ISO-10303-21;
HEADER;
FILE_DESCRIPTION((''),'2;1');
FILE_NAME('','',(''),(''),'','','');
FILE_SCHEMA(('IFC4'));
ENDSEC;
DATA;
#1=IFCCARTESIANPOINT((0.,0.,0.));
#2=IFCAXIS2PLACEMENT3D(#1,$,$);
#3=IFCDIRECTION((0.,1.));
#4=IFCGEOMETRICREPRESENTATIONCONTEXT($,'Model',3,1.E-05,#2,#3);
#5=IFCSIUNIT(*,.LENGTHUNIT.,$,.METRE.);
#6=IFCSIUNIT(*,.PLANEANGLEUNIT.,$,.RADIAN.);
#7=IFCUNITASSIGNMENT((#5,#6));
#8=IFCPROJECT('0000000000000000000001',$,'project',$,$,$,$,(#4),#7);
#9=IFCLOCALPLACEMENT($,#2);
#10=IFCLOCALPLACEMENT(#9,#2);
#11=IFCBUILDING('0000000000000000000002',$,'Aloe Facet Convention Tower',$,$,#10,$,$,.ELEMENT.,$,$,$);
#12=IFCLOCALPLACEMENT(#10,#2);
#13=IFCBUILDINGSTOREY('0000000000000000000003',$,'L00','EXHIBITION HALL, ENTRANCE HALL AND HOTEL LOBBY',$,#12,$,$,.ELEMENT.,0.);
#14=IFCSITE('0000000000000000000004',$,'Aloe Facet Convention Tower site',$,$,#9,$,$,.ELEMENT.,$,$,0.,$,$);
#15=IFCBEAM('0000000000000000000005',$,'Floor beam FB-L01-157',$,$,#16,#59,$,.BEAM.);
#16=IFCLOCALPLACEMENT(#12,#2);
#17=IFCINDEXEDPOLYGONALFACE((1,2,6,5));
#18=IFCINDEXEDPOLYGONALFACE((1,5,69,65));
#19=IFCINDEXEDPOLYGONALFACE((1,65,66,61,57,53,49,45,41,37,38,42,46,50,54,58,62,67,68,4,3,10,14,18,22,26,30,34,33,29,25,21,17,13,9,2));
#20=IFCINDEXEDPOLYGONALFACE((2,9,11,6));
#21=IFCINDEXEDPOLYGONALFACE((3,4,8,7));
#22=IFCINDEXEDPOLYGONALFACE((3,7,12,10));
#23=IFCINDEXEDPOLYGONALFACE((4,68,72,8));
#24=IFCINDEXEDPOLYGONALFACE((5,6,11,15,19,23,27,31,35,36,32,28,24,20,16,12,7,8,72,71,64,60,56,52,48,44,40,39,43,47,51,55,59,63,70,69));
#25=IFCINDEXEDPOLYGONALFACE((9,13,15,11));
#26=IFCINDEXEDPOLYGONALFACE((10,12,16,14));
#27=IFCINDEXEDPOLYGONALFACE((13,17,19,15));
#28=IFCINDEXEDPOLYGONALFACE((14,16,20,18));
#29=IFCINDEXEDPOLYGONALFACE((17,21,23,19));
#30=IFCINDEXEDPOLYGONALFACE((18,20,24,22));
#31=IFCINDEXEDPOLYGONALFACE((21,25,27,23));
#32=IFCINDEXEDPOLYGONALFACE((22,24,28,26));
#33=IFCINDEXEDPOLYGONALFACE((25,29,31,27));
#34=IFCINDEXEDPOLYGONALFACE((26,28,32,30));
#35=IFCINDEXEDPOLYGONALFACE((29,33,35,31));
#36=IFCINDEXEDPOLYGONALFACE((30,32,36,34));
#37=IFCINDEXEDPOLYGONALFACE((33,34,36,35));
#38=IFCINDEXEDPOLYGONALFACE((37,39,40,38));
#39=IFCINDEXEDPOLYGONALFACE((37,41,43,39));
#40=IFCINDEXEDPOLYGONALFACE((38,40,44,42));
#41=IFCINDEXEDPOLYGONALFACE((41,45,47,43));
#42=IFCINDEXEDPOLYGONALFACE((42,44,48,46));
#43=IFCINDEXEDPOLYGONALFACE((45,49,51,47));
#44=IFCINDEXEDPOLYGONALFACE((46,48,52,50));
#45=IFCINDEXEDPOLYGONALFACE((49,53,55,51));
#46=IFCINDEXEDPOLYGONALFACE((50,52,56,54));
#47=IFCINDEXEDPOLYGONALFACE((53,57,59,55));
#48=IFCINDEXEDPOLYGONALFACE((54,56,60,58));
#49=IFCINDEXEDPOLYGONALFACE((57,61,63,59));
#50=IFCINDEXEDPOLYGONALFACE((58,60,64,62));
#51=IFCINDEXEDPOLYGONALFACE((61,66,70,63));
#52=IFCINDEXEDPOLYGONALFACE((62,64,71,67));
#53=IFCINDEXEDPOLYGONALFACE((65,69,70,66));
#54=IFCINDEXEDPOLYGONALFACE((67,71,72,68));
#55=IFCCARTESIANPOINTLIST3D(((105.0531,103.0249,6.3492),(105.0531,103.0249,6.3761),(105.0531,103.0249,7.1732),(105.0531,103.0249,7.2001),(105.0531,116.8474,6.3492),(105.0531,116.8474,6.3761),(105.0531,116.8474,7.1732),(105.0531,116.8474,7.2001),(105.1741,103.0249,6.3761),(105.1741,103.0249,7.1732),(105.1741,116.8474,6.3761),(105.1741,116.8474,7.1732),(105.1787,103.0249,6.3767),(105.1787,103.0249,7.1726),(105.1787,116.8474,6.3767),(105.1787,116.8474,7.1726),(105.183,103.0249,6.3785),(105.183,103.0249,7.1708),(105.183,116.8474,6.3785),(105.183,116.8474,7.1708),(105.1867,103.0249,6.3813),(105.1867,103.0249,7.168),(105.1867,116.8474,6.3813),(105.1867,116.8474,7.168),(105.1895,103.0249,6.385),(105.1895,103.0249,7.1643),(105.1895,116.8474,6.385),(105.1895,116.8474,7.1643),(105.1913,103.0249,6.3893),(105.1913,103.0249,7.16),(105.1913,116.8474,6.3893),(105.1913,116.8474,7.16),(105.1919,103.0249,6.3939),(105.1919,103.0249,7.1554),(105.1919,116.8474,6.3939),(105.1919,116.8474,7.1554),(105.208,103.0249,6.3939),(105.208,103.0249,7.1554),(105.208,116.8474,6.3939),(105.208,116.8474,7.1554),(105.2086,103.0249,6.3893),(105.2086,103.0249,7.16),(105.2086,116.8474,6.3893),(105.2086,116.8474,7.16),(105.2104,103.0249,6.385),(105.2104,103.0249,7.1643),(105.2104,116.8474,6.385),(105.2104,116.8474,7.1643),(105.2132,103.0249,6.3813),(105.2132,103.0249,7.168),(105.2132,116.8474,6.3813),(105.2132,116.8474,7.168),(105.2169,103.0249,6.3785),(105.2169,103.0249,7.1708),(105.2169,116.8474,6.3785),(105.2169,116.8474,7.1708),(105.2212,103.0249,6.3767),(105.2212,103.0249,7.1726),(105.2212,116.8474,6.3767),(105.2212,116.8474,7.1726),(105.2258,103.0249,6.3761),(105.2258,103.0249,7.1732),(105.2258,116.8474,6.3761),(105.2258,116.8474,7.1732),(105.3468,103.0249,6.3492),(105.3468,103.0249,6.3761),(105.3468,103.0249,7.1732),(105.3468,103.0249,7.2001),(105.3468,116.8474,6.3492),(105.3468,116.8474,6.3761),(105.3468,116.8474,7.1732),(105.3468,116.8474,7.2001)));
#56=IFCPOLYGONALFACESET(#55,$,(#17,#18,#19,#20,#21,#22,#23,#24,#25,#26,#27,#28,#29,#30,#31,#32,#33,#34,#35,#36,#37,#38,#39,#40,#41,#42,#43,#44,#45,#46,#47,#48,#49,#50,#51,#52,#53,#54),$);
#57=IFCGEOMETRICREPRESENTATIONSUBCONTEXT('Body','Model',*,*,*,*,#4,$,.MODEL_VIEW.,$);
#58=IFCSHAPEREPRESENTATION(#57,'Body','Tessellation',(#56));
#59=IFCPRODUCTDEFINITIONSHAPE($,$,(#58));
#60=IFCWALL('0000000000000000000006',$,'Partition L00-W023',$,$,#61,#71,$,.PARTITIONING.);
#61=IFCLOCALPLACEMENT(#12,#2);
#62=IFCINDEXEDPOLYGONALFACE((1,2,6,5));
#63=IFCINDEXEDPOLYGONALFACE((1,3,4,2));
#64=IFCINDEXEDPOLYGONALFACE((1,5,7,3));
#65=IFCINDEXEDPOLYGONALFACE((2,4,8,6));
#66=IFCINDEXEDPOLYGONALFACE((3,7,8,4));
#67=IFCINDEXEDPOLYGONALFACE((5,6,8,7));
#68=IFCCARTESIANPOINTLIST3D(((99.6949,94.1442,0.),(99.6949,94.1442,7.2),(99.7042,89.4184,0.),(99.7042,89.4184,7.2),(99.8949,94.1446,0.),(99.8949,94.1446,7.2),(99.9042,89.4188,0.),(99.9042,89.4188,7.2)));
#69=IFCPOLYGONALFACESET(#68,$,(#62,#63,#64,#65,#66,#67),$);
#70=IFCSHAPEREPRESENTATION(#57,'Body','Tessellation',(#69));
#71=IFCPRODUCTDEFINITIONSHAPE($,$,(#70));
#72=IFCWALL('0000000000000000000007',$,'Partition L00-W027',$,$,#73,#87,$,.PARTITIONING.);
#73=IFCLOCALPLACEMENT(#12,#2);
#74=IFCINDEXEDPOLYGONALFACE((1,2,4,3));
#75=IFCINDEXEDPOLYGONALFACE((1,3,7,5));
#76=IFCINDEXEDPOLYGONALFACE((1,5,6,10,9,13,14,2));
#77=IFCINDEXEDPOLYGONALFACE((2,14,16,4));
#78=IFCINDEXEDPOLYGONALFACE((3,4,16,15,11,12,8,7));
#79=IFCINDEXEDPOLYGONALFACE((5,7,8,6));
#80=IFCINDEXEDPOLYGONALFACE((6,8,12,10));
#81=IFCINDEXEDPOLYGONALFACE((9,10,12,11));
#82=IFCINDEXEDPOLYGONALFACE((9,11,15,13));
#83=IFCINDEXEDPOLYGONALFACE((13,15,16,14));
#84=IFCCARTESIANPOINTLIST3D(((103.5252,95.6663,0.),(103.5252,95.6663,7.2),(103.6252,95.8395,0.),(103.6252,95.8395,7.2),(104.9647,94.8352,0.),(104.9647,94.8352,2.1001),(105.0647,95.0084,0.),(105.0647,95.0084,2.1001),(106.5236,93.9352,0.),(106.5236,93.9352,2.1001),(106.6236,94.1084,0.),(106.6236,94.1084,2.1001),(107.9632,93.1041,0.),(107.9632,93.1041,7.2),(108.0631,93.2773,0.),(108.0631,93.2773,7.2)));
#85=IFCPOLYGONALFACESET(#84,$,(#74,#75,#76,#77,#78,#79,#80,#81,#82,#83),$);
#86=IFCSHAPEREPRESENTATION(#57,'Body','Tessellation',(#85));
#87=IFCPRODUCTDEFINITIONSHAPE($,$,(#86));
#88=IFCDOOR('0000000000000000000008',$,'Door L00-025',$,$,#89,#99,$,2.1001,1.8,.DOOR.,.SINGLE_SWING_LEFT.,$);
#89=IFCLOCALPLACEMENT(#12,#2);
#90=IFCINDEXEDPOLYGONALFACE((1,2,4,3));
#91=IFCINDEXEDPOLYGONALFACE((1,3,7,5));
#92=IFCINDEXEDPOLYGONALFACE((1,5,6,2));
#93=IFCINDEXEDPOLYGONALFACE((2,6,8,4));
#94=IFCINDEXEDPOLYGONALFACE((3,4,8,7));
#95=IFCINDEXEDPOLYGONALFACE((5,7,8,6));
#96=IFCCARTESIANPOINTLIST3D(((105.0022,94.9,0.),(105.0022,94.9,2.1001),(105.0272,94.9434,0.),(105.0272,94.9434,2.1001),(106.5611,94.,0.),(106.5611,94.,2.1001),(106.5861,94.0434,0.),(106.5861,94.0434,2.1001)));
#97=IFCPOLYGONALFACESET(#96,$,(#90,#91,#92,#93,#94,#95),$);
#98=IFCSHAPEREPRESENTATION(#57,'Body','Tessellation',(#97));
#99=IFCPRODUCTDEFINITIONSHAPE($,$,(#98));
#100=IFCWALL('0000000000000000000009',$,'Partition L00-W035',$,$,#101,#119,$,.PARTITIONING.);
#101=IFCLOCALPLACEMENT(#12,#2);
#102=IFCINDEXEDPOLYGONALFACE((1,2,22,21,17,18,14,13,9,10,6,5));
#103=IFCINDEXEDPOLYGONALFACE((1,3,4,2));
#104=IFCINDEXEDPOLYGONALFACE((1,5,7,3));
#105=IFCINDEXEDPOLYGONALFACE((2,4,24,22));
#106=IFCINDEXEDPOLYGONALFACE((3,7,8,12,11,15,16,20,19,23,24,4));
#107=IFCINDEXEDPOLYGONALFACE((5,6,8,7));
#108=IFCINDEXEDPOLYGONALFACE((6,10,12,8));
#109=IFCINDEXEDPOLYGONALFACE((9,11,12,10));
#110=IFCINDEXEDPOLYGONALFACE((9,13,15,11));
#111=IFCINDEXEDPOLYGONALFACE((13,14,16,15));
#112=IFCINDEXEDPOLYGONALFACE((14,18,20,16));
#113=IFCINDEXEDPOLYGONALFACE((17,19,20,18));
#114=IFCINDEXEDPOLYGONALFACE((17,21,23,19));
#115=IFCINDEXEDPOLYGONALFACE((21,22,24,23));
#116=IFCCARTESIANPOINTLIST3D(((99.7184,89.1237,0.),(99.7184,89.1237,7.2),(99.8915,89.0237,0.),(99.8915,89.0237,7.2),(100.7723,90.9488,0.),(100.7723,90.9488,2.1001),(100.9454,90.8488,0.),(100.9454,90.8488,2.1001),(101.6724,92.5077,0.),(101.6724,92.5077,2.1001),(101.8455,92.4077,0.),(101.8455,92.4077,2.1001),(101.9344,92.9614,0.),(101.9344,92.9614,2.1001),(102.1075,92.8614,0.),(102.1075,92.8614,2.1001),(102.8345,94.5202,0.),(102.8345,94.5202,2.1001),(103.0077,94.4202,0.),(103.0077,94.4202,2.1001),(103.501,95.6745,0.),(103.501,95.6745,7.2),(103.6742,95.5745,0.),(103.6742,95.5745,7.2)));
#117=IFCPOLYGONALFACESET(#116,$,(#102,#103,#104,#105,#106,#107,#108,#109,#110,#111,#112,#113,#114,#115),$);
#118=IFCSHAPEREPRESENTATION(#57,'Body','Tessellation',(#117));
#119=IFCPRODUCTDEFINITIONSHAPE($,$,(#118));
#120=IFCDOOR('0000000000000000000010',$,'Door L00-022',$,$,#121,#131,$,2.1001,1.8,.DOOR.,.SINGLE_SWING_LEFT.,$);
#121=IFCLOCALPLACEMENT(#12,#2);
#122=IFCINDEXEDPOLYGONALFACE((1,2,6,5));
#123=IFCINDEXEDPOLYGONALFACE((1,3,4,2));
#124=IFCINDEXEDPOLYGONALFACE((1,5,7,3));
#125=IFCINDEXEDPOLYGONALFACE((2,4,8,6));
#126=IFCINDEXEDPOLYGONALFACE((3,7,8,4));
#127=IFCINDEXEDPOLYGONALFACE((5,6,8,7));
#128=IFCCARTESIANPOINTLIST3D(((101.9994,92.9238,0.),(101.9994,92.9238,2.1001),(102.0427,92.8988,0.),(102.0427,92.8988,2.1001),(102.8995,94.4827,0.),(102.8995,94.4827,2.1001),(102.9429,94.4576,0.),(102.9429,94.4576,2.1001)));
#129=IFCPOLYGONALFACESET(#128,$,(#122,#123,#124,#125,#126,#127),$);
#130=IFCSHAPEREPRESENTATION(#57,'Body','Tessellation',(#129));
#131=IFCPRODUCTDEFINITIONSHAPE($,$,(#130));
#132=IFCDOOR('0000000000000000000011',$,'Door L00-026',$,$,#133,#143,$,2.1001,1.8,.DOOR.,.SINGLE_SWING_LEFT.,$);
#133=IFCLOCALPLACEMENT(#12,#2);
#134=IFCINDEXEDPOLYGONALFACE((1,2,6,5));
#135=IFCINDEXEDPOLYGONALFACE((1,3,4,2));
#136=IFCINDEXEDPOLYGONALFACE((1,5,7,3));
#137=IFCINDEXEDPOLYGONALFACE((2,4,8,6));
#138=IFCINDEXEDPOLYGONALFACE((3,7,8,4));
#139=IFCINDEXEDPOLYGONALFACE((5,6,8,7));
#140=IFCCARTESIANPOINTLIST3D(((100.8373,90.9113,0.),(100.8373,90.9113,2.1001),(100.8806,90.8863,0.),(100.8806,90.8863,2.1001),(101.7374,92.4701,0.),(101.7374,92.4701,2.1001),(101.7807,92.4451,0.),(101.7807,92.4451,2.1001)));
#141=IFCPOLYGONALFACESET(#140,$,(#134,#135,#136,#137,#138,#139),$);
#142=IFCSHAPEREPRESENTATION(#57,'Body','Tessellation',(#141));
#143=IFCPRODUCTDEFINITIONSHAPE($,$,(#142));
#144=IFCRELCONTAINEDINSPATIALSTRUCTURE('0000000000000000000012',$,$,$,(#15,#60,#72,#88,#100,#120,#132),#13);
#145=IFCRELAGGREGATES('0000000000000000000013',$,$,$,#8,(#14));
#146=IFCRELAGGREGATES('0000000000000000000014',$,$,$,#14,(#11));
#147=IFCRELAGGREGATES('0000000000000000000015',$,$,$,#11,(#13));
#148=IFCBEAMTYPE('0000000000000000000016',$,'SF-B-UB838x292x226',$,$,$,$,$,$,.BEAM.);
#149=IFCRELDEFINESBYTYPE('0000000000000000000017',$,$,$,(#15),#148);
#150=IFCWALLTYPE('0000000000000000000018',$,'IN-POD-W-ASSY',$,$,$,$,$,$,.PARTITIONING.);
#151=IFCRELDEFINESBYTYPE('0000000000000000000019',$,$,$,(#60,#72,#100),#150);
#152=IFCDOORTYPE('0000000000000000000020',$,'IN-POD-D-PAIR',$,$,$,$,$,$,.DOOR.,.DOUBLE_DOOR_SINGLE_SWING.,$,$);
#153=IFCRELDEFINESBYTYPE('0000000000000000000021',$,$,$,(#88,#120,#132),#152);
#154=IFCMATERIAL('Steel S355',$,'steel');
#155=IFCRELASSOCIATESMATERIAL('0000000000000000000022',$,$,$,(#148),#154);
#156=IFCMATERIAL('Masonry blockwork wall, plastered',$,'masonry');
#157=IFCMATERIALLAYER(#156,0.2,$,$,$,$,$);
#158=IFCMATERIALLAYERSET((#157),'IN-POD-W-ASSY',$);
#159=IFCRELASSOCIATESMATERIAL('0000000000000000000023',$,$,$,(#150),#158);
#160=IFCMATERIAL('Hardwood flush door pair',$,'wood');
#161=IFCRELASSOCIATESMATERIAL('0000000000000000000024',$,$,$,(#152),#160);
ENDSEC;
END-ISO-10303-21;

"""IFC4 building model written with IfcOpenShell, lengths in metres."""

from ifc_helpers import new_model, si_unit, direction, frame, frame_2d, origin, origin_2d, place, context, subcontext, project, spatial, rectangle, i_section, extrude, material, layer, layer_set, material_profile, profile_set, type_object, element, fill, save


model = new_model("IFC4")

# Units and contexts
model_context = context("Model", 3, precision=1e-05, world=origin(), true_north=direction((0.0, 1.0)))
body_context = subcontext(model_context, "Body", "Model", "MODEL_VIEW")
ifc_project = project(units=[si_unit("LENGTHUNIT", "METRE"), si_unit("PLANEANGLEUNIT", "RADIAN")], contexts=[model_context])

# Site, building, storey
site_placement = place(None, origin())
site = spatial("IfcSite", under=ifc_project, at=site_placement, Name="Aloe Facet Convention Tower site", CompositionType="ELEMENT", RefElevation=0.0)
building_placement = place(site_placement, origin())
building = spatial("IfcBuilding", under=site, at=building_placement, Name="Aloe Facet Convention Tower", CompositionType="ELEMENT")
storey_placement = place(building_placement, origin())
storey = spatial("IfcBuildingStorey", under=building, at=storey_placement, Name="L00", Description="EXHIBITION HALL, ENTRANCE HALL AND HOTEL LOBBY", CompositionType="ELEMENT", Elevation=0.0)

# Beam
ifc_material_1 = material(Name="Steel S355", Category="steel")
ifc_material_profile_1 = material_profile(ifc_material_1, i_section(OverallWidth=0.2937, OverallDepth=0.8508, WebThickness=0.0161, FlangeThickness=0.0269, FilletRadius=0.0178, at=origin_2d()), Name="UB 838x292x226")
ifc_profile_set_1 = profile_set([ifc_material_profile_1], Name="Steel S355")
beam_type_1 = type_object("IfcBeamType", Name="SF-B-UB838x292x226", PredefinedType="BEAM", material=ifc_profile_set_1)
beam_1_placement = place(storey_placement, frame((105.2, 103.0249, 6.7747), z_axis=(0.0, 1.0, 0.0), x_axis=(-1.0, 0.0, 0.0)))
element("IfcBeam", 1, at=beam_1_placement, inside=storey, type_object=beam_type_1, Name="Floor beam FB-L01-157", PredefinedType="BEAM", context=body_context, shape_type="SweptSolid", body=[
    extrude(i_section(OverallWidth=0.2937, OverallDepth=0.8508, WebThickness=0.0161, FlangeThickness=0.0269, FilletRadius=0.0178, at=origin_2d()), origin(), (0.0, 0.0, 1.0), 13.8225),
])

# Wall
ifc_material_2 = material(Name="Masonry blockwork wall, plastered", Category="masonry")
ifc_layer = layer(ifc_material_2, 0.2)
ifc_layer_set = layer_set([ifc_layer], Name="IN-POD-W-ASSY")
wall_type = type_object("IfcWallType", Name="IN-POD-W-ASSY", PredefinedType="PARTITIONING", material=ifc_layer_set)
wall_1_placement = place(storey_placement, frame((99.8042, 89.4187, 0.0), z_axis=(0.0, 0.0, 1.0), x_axis=(-0.001963, 0.999998, 0.0)))
element("IfcWall", 2, at=wall_1_placement, inside=storey, type_object=wall_type, Name="Partition L00-W023", PredefinedType="PARTITIONING", context=body_context, shape_type="SweptSolid", body=[
    extrude(rectangle(XDim=4.7258, YDim=0.2, at=frame_2d((2.3628, 0.0))), origin(), (0.0, 0.0, 1.0), 7.2),
])

# Wall, opening, door
wall_2_placement = place(storey_placement, frame((103.5752, 95.7529, 0.0), z_axis=(0.0, 0.0, 1.0), x_axis=(0.866027, -0.499997, 0.0)))
wall_2 = element("IfcWall", 3, at=wall_2_placement, inside=storey, type_object=wall_type, Name="Partition L00-W027", PredefinedType="PARTITIONING", context=body_context, shape_type="SweptSolid", body=[
    extrude(rectangle(XDim=5.1245, YDim=0.2, at=frame_2d((2.5623, 0.0))), origin(), (0.0, 0.0, 1.0), 7.2),
])
opening_1_placement = place(wall_2_placement, frame((1.6624, 0.0, 0.0)))
opening_1 = element("IfcOpeningElement", 4, at=opening_1_placement, cuts=wall_2, PredefinedType="OPENING", context=body_context, shape_type="SweptSolid", body=[
    extrude(rectangle(XDim=1.8, YDim=2.1001, at=frame_2d((0.8999, 1.05))), frame((0.0, 0.1099, 0.0), z_axis=(0.0, -1.0, 0.0), x_axis=(1.0, 0.0, 0.0)), (0.0, 0.0, 1.0), 0.22),
])
ifc_material_3 = material(Name="Hardwood flush door pair", Category="wood")
door_type = type_object("IfcDoorType", Name="IN-POD-D-PAIR", OperationType="DOUBLE_DOOR_SINGLE_SWING", PredefinedType="DOOR", material=ifc_material_3)
door_1_placement = place(opening_1_placement, origin())
door_1 = element("IfcDoor", 5, at=door_1_placement, inside=storey, type_object=door_type, Name="Door L00-025", OperationType="SINGLE_SWING_LEFT", OverallHeight=2.1001, OverallWidth=1.8, PredefinedType="DOOR", context=body_context, shape_type="SweptSolid", body=[
    extrude(rectangle(XDim=1.8, YDim=2.1001, at=frame_2d((0.8999, 1.05))), frame((0.0, 0.0249, 0.0), z_axis=(0.0, -1.0, 0.0), x_axis=(1.0, 0.0, 0.0)), (0.0, 0.0, 1.0), 0.05),
])
fill(opening_1, door_1)

# Wall, openings, doors
wall_3_placement = place(storey_placement, frame((99.8049, 89.0737, 0.0), z_axis=(0.0, 0.0, 1.0), x_axis=(0.500061, 0.86599, 0.0)))
wall_3 = element("IfcWall", 6, at=wall_3_placement, inside=storey, type_object=wall_type, Name="Partition L00-W035", PredefinedType="PARTITIONING", context=body_context, shape_type="SweptSolid", body=[
    extrude(rectangle(XDim=7.5645, YDim=0.2, at=frame_2d((3.7822, 0.0))), origin(), (0.0, 0.0, 1.0), 7.2),
])
opening_2_placement = place(wall_3_placement, frame((4.4316, 0.0, 0.0)))
opening_2 = element("IfcOpeningElement", 7, at=opening_2_placement, cuts=wall_3, PredefinedType="OPENING", context=body_context, shape_type="SweptSolid", body=[
    extrude(rectangle(XDim=1.8, YDim=2.1001, at=frame_2d((0.8999, 1.05))), frame((0.0, 0.1099, 0.0), z_axis=(0.0, -1.0, 0.0), x_axis=(1.0, 0.0, 0.0)), (0.0, 0.0, 1.0), 0.22),
])
opening_3_placement = place(wall_3_placement, frame((2.1077, 0.0, 0.0)))
opening_3 = element("IfcOpeningElement", 8, at=opening_3_placement, cuts=wall_3, PredefinedType="OPENING", context=body_context, shape_type="SweptSolid", body=[
    extrude(rectangle(XDim=1.8, YDim=2.1001, at=frame_2d((0.8999, 1.05))), frame((0.0, 0.1099, 0.0), z_axis=(0.0, -1.0, 0.0), x_axis=(1.0, 0.0, 0.0)), (0.0, 0.0, 1.0), 0.22),
])
door_2_placement = place(opening_2_placement, origin())
door_2 = element("IfcDoor", 9, at=door_2_placement, inside=storey, type_object=door_type, Name="Door L00-022", OperationType="SINGLE_SWING_LEFT", OverallHeight=2.1001, OverallWidth=1.8, PredefinedType="DOOR", context=body_context, shape_type="SweptSolid", body=[
    extrude(rectangle(XDim=1.8, YDim=2.1001, at=frame_2d((0.8999, 1.05))), frame((0.0, 0.0249, 0.0), z_axis=(0.0, -1.0, 0.0), x_axis=(1.0, 0.0, 0.0)), (0.0, 0.0, 1.0), 0.05),
])
fill(opening_2, door_2)
door_3_placement = place(opening_3_placement, origin())
door_3 = element("IfcDoor", 10, at=door_3_placement, inside=storey, type_object=door_type, Name="Door L00-026", OperationType="SINGLE_SWING_LEFT", OverallHeight=2.1001, OverallWidth=1.8, PredefinedType="DOOR", context=body_context, shape_type="SweptSolid", body=[
    extrude(rectangle(XDim=1.8, YDim=2.1001, at=frame_2d((0.8999, 1.05))), frame((0.0, 0.0249, 0.0), z_axis=(0.0, -1.0, 0.0), x_axis=(1.0, 0.0, 0.0)), (0.0, 0.0, 1.0), 0.05),
])
fill(opening_3, door_3)

save(model, "model.ifc")
